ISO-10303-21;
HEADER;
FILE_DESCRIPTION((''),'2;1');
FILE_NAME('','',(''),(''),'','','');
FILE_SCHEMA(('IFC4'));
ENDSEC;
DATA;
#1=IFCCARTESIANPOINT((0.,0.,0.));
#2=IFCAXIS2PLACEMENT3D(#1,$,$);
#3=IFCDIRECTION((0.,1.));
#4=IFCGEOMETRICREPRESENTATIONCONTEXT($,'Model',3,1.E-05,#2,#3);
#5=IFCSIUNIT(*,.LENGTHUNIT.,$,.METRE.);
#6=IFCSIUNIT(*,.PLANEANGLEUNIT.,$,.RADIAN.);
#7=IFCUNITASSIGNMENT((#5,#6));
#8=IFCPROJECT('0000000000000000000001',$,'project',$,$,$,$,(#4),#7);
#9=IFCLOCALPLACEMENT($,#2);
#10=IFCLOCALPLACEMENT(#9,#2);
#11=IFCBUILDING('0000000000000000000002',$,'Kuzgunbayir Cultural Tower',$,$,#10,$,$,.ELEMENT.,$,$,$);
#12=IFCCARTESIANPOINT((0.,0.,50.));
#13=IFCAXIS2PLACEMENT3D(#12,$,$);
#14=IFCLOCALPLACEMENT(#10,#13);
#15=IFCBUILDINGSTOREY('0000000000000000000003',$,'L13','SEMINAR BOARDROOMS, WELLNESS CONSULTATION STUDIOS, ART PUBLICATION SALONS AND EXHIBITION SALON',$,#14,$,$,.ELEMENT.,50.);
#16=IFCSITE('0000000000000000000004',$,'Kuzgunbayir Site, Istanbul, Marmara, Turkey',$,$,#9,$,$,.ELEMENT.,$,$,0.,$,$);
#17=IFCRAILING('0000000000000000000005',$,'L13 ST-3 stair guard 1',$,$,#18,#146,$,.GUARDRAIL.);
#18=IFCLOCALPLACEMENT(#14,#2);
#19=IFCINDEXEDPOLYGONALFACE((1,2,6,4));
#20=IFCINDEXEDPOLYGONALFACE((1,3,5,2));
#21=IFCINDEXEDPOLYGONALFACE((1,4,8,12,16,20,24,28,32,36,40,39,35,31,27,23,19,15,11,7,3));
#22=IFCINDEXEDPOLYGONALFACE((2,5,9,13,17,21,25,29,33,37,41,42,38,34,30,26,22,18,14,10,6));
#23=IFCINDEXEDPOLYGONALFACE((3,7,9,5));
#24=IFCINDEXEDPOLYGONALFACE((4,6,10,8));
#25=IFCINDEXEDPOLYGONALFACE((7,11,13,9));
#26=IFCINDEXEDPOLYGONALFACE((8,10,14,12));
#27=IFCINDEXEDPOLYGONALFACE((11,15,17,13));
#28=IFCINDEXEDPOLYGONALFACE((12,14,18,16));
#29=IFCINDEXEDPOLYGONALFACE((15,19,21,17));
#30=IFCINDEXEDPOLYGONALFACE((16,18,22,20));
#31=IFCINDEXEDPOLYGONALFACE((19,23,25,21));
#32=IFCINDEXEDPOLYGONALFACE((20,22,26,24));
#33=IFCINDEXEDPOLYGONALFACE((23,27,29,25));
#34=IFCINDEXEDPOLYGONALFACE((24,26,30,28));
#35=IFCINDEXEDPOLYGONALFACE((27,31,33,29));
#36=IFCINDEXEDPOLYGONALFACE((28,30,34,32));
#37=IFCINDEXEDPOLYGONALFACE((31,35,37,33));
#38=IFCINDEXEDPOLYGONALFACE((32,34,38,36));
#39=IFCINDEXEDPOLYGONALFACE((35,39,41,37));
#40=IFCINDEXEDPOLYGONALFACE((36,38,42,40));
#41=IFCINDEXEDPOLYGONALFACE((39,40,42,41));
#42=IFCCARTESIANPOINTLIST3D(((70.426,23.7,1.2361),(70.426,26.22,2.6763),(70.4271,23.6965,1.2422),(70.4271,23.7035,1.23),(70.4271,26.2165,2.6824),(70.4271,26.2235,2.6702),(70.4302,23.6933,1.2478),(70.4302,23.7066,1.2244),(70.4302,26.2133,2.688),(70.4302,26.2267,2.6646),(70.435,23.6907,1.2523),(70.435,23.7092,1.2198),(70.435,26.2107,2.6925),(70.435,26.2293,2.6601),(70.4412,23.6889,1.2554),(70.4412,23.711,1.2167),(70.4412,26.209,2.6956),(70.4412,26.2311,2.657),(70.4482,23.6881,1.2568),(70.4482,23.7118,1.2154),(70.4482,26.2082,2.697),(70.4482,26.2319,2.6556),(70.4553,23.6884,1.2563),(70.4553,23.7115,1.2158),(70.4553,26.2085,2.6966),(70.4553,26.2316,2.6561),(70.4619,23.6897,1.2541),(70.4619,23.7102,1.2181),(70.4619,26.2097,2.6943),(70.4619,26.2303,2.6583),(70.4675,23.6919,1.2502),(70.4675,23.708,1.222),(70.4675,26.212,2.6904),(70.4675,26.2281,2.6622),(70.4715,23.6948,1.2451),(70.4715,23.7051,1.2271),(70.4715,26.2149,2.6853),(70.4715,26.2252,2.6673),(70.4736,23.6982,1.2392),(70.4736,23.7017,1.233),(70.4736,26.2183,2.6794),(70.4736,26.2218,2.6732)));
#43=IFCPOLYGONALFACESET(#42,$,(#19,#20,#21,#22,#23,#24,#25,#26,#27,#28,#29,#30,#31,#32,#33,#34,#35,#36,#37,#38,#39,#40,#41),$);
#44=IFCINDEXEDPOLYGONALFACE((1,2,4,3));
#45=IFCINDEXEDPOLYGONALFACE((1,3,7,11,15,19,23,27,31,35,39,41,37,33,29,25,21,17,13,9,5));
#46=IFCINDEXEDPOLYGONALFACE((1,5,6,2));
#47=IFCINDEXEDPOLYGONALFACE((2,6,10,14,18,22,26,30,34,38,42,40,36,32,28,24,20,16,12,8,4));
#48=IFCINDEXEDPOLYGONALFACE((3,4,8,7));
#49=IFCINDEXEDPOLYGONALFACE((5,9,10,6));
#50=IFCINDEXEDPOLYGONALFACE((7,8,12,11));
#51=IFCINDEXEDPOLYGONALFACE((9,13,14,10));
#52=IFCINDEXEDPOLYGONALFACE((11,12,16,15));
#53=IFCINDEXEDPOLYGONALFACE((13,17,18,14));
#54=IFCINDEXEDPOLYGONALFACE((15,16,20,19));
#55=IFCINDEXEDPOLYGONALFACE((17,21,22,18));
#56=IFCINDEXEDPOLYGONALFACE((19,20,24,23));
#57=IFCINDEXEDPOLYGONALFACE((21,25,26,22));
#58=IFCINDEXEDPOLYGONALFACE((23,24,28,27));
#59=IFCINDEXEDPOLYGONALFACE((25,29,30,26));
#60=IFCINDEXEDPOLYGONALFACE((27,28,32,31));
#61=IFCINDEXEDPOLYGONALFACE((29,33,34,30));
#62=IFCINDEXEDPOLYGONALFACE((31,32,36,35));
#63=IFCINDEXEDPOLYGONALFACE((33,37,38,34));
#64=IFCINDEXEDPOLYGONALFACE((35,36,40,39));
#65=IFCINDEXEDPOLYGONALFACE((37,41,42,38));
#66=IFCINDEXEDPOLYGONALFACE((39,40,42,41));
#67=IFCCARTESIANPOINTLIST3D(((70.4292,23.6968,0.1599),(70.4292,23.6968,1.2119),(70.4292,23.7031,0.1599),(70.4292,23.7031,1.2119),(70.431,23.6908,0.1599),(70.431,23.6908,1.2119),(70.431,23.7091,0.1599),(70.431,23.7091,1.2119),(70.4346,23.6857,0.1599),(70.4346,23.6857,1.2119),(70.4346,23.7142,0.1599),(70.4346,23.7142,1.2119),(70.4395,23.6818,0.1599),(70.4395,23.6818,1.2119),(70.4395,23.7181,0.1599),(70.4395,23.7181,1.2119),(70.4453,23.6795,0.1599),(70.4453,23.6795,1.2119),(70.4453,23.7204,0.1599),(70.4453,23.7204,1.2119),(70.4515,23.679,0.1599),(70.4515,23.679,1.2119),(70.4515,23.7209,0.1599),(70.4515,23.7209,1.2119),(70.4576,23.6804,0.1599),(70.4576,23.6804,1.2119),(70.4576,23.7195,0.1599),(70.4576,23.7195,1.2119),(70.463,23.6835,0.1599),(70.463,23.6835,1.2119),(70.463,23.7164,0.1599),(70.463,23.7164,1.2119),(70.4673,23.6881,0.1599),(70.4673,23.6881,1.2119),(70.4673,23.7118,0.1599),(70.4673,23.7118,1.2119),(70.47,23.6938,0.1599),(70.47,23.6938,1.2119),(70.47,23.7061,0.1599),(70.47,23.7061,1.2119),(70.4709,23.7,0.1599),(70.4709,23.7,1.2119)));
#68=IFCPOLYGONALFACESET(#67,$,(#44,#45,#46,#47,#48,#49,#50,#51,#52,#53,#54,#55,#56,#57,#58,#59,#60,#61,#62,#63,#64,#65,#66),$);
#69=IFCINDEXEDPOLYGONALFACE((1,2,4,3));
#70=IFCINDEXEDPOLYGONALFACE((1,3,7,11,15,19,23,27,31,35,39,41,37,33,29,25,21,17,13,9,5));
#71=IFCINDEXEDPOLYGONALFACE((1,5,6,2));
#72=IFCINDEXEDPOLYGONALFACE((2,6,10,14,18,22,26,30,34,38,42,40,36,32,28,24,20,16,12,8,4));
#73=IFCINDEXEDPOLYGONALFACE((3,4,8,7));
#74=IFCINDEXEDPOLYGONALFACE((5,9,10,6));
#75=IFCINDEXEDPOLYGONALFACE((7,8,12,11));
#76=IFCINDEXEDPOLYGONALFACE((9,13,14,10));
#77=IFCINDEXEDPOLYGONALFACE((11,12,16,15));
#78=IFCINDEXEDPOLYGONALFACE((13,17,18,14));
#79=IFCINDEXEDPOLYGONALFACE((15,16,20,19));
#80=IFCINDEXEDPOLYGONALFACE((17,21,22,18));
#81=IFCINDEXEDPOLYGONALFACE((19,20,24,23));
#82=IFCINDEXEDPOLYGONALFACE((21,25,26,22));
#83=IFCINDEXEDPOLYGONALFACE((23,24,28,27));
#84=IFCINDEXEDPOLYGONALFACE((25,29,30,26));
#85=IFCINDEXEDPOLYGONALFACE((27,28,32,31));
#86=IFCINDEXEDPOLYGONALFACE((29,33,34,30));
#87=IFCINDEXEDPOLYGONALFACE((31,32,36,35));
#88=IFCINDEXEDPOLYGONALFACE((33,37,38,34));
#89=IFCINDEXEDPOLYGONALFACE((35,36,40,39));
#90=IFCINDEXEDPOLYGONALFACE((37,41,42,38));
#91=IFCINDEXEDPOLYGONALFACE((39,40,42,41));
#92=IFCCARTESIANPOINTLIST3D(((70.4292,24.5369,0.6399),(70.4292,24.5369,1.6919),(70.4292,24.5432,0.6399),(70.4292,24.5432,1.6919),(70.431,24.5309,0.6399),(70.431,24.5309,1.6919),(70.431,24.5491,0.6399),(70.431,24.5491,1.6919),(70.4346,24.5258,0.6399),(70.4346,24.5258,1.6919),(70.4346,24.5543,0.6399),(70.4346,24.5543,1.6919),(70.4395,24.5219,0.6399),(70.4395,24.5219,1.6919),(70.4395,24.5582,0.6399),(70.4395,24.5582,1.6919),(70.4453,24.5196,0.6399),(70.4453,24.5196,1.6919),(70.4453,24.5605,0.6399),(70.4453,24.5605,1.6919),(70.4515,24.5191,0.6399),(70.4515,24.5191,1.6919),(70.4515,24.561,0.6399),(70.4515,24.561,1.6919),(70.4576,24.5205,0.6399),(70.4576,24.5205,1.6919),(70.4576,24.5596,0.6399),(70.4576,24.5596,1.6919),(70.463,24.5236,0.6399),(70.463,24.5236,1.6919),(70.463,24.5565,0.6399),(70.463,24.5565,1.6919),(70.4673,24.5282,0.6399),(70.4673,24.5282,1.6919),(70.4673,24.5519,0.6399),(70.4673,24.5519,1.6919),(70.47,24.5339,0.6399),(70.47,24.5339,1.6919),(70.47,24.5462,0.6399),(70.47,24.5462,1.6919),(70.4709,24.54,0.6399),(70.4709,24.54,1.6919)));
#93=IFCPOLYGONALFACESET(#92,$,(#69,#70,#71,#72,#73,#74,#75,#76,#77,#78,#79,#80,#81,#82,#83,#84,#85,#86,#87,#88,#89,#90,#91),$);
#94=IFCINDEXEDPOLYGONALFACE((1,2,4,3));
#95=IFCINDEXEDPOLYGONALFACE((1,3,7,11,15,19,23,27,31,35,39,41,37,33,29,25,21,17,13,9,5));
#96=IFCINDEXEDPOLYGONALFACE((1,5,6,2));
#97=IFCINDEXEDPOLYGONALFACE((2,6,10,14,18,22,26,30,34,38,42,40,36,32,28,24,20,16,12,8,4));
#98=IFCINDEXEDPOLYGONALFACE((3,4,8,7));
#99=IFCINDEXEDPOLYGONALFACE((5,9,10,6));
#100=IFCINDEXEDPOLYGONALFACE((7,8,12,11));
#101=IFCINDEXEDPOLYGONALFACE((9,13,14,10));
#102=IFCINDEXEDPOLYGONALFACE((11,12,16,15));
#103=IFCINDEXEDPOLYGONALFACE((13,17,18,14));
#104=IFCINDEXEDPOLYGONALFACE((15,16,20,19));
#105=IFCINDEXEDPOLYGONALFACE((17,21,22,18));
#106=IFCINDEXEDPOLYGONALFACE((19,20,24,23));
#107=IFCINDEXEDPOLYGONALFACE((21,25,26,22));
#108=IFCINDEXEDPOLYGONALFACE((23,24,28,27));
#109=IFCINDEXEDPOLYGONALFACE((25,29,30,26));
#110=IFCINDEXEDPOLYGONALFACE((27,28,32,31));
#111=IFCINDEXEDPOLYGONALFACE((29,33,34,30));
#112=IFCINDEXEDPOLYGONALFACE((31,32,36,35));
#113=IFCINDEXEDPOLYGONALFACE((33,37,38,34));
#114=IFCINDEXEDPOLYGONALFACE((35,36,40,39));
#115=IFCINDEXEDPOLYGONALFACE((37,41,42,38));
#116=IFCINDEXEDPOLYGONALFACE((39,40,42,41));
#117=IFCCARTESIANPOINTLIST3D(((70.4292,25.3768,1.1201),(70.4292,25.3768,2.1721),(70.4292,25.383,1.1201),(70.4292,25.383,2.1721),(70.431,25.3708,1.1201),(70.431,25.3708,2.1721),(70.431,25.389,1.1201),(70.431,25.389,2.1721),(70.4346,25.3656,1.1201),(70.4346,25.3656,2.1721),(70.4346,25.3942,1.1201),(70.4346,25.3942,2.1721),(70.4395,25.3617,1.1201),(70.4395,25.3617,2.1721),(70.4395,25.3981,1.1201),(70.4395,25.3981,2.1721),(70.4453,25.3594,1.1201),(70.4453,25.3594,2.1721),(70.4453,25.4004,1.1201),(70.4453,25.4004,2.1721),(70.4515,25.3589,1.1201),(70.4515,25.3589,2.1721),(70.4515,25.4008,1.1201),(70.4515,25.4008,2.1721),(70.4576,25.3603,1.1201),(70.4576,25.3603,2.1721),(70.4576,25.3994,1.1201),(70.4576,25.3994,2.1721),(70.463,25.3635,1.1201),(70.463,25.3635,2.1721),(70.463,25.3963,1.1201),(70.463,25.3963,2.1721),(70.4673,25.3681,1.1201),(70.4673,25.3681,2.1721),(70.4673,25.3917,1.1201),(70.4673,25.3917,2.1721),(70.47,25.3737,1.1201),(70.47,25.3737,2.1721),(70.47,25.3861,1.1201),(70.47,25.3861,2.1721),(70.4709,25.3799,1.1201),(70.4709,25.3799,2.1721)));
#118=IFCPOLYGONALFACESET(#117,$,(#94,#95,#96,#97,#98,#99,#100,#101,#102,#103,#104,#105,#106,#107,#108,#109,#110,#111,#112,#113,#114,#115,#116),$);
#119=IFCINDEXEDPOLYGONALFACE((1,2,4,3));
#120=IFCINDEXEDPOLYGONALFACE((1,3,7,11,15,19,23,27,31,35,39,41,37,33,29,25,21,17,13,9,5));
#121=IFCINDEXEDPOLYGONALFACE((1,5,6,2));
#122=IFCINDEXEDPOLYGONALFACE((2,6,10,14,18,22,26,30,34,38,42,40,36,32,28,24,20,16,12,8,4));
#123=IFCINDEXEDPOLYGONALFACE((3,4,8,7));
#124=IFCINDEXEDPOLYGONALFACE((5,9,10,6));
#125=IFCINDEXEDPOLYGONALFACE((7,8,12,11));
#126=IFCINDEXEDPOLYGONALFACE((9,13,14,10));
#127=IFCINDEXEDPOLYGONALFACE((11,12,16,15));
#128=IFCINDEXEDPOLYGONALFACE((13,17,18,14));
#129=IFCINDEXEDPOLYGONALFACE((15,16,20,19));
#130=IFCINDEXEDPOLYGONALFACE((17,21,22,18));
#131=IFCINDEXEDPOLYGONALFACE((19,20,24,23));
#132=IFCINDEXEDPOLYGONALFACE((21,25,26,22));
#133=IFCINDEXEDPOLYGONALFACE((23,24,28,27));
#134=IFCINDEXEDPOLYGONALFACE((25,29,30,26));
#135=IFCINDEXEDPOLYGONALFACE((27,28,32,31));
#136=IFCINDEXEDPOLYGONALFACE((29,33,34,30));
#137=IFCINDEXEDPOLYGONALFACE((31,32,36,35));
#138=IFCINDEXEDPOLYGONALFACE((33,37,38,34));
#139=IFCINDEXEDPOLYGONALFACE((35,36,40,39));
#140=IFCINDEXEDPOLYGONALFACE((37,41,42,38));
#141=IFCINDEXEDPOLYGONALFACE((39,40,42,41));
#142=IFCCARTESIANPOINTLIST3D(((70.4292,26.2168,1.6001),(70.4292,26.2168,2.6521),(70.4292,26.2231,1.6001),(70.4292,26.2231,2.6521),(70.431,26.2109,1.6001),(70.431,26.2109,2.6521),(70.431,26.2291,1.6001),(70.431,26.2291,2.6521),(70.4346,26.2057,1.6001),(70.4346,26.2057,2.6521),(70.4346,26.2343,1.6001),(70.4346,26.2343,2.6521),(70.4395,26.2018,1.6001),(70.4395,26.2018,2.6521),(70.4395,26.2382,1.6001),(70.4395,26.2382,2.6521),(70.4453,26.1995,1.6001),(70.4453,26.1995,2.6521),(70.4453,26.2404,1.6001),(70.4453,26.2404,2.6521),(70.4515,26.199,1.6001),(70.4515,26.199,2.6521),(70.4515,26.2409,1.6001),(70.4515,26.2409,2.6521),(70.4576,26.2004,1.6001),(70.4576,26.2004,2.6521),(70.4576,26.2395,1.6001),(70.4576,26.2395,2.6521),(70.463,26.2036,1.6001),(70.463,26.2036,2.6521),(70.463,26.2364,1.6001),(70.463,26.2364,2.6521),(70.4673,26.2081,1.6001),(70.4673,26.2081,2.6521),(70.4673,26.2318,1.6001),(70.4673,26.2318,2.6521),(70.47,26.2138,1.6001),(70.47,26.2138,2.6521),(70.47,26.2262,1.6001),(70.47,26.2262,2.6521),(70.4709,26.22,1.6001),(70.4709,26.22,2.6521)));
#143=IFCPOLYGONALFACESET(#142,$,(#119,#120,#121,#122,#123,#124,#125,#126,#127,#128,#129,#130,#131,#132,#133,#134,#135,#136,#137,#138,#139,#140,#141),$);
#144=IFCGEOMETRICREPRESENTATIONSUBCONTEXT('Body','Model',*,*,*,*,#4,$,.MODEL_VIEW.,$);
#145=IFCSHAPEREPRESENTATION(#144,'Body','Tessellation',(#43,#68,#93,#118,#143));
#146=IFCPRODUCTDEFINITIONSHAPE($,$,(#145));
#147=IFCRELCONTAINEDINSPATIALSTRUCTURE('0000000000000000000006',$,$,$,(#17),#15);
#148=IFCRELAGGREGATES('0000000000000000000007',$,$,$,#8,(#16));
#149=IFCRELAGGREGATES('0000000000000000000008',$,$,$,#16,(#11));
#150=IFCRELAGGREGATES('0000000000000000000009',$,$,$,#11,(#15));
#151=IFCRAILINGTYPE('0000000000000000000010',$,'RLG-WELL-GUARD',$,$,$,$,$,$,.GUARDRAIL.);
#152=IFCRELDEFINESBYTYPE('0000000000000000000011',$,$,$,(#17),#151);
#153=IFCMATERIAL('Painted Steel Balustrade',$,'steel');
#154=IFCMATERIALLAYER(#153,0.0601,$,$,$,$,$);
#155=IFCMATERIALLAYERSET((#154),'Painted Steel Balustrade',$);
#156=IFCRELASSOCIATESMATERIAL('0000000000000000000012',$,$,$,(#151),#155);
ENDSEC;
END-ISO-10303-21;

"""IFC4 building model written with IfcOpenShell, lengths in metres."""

from ifc_helpers import new_model, si_unit, direction, frame, origin, origin_2d, place, context, subcontext, project, spatial, circle, extrude, material, layer, layer_set, type_object, element, save


model = new_model("IFC4")

# Units and contexts
model_context = context("Model", 3, precision=1e-05, world=origin(), true_north=direction((0.0, 1.0)))
body_context = subcontext(model_context, "Body", "Model", "MODEL_VIEW")
ifc_project = project(units=[si_unit("LENGTHUNIT", "METRE"), si_unit("PLANEANGLEUNIT", "RADIAN")], contexts=[model_context])

# Site, building, storey
site_placement = place(None, origin())
site = spatial("IfcSite", under=ifc_project, at=site_placement, Name="Kuzgunbayir Site, Istanbul, Marmara, Turkey", CompositionType="ELEMENT", RefElevation=0.0)
building_placement = place(site_placement, origin())
building = spatial("IfcBuilding", under=site, at=building_placement, Name="Kuzgunbayir Cultural Tower", CompositionType="ELEMENT")
storey_placement = place(building_placement, frame((0.0, 0.0, 50.0)))
storey = spatial("IfcBuildingStorey", under=building, at=storey_placement, Name="L13", Description="SEMINAR BOARDROOMS, WELLNESS CONSULTATION STUDIOS, ART PUBLICATION SALONS AND EXHIBITION SALON", CompositionType="ELEMENT", Elevation=50.0)

# Railing
ifc_material_1 = material(Name="Painted Steel Balustrade", Category="steel")
ifc_layer_1 = layer(ifc_material_1, 0.0601)
ifc_layer_set_1 = layer_set([ifc_layer_1], Name="Painted Steel Balustrade")
railing_type_1 = type_object("IfcRailingType", Name="RLG-WELL-GUARD", PredefinedType="GUARDRAIL", material=ifc_layer_set_1)
railing_1_placement = place(storey_placement, frame((70.45, 23.7, 0.1599)))
element("IfcRailing", 1, at=railing_1_placement, inside=storey, type_object=railing_type_1, Name="L13 ST-3 stair guard 1", PredefinedType="GUARDRAIL", context=body_context, shape_type="SweptSolid", body=[
    extrude(circle(Radius=0.0239, at=origin_2d()), frame((0.0, 0.0, 1.0762), z_axis=(0.0, 0.868217, 0.496184), x_axis=(-1.0, 0.0, 0.0)), (0.0, 0.0, 1.0), 2.9026),
    extrude(circle(Radius=0.021, at=origin_2d()), origin(), (0.0, 0.0, 1.0), 1.052),
    extrude(circle(Radius=0.021, at=origin_2d()), frame((0.0, 0.8401, 0.48)), (0.0, 0.0, 1.0), 1.052),
    extrude(circle(Radius=0.021, at=origin_2d()), frame((0.0, 1.6799, 0.9602)), (0.0, 0.0, 1.0), 1.052),
    extrude(circle(Radius=0.021, at=origin_2d()), frame((0.0, 2.52, 1.4402)), (0.0, 0.0, 1.0), 1.052),
])

save(model, "model.ifc")
